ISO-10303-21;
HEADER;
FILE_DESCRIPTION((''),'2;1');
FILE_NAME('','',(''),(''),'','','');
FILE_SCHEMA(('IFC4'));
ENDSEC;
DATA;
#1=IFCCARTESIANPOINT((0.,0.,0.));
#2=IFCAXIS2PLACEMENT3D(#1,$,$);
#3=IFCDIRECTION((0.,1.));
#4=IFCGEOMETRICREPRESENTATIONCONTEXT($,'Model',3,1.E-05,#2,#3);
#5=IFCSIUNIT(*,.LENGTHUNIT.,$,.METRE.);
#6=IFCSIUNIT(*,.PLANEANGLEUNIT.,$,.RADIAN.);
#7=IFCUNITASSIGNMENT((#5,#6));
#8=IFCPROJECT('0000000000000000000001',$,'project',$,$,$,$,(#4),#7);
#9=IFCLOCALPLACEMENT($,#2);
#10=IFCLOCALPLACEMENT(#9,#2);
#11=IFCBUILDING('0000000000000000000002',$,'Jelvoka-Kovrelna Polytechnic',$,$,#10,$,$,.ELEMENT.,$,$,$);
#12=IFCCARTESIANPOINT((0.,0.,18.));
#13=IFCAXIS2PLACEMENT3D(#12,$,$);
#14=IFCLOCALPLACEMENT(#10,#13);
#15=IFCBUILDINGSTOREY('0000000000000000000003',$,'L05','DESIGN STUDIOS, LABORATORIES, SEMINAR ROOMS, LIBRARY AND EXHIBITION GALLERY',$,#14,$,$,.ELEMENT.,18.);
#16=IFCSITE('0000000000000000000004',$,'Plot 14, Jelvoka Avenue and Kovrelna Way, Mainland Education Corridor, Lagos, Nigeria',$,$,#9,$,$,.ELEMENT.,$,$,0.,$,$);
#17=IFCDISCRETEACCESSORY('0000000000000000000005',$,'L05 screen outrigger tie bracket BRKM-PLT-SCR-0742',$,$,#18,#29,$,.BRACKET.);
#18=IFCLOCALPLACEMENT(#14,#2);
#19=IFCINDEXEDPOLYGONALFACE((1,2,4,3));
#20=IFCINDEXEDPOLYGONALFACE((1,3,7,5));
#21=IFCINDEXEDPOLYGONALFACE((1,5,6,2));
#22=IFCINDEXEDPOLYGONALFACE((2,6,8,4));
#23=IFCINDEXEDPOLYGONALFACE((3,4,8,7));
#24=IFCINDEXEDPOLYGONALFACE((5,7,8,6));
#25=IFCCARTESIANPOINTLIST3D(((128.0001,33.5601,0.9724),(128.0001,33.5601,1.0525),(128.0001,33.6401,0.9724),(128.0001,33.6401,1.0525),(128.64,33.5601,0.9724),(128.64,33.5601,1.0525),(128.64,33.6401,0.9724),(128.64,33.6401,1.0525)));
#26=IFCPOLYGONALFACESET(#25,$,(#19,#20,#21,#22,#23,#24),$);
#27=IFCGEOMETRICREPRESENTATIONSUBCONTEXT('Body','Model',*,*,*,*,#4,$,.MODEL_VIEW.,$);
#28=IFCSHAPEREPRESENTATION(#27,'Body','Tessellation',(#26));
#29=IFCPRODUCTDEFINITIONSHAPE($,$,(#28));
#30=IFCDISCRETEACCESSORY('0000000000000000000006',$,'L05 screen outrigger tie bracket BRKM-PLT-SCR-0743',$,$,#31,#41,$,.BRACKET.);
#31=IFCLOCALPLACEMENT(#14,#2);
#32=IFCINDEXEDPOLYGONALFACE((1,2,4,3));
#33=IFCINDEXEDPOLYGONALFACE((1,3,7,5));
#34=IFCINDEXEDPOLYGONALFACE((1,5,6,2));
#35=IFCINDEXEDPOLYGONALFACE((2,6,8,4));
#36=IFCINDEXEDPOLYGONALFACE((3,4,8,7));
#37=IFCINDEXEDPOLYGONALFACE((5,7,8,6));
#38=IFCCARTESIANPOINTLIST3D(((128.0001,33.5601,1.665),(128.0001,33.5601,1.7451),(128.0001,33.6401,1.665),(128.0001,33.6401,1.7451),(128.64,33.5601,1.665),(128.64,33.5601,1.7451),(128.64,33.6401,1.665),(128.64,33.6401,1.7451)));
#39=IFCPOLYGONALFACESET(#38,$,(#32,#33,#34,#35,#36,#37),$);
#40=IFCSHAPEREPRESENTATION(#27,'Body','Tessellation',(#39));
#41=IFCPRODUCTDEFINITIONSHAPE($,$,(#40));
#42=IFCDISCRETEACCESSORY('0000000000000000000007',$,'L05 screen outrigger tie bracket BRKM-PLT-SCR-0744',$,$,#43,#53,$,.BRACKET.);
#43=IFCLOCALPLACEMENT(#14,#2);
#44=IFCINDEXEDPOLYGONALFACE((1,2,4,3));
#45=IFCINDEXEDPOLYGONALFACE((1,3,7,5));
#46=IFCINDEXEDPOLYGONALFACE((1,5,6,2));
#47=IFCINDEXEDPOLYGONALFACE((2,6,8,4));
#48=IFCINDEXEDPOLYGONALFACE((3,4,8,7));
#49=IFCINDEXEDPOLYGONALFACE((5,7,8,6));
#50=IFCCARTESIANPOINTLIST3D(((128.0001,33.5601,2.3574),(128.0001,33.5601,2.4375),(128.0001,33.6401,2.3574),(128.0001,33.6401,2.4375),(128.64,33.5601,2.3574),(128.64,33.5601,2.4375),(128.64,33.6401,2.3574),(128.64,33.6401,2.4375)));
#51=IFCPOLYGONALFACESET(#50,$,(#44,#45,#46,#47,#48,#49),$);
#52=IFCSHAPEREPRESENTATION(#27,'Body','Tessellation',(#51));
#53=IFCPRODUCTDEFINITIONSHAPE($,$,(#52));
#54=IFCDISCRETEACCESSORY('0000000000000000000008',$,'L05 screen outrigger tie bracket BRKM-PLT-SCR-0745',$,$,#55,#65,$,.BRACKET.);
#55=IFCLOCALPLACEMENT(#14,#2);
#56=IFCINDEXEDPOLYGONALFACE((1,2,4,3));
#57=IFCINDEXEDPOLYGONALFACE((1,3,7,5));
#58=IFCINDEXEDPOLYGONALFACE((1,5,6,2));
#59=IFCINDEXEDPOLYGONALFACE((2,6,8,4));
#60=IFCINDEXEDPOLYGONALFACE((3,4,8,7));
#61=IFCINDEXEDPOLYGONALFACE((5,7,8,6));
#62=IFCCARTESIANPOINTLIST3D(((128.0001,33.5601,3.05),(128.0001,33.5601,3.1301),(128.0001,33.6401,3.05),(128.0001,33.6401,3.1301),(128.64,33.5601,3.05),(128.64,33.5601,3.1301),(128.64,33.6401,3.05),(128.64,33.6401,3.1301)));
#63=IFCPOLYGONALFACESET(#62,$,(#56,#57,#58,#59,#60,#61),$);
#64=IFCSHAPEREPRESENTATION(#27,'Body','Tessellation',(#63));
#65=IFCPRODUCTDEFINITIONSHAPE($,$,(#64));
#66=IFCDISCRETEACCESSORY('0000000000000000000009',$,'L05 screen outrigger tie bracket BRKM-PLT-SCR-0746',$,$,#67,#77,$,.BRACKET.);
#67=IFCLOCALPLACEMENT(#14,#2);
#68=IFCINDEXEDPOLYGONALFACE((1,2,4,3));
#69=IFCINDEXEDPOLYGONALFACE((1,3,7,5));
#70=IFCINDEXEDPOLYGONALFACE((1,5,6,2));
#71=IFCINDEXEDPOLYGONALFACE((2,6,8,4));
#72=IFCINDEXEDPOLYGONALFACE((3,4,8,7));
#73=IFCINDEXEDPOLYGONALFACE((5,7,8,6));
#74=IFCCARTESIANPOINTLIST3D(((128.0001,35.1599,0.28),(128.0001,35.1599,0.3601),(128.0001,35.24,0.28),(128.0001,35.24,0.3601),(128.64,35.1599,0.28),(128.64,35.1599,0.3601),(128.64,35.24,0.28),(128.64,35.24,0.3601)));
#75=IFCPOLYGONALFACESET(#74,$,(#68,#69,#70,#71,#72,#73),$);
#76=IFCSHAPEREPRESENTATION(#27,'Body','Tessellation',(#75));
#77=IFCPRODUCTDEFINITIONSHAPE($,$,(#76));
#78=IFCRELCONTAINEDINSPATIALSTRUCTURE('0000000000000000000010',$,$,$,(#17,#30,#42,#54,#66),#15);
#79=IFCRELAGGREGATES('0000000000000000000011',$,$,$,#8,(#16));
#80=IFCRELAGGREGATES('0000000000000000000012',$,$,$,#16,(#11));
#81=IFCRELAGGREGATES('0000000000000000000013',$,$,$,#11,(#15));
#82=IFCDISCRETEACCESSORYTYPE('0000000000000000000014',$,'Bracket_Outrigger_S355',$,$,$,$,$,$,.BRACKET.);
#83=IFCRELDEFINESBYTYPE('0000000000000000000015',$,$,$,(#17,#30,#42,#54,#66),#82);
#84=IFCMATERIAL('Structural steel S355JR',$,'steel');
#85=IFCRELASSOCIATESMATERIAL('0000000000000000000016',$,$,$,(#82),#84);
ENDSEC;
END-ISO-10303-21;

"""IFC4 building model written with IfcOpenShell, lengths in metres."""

from ifc_helpers import new_model, si_unit, direction, frame, origin, origin_2d, place, context, subcontext, project, spatial, rectangle, extrude, material, type_object, element, save


model = new_model("IFC4")

# Units and contexts
model_context = context("Model", 3, precision=1e-05, world=origin(), true_north=direction((0.0, 1.0)))
body_context = subcontext(model_context, "Body", "Model", "MODEL_VIEW")
ifc_project = project(units=[si_unit("LENGTHUNIT", "METRE"), si_unit("PLANEANGLEUNIT", "RADIAN")], contexts=[model_context])

# Site, building, storey
site_placement = place(None, origin())
site = spatial("IfcSite", under=ifc_project, at=site_placement, Name="Plot 14, Jelvoka Avenue and Kovrelna Way, Mainland Education Corridor, Lagos, Nigeria", CompositionType="ELEMENT", RefElevation=0.0)
building_placement = place(site_placement, origin())
building = spatial("IfcBuilding", under=site, at=building_placement, Name="Jelvoka-Kovrelna Polytechnic", CompositionType="ELEMENT")
storey_placement = place(building_placement, frame((0.0, 0.0, 18.0)))
storey = spatial("IfcBuildingStorey", under=building, at=storey_placement, Name="L05", Description="DESIGN STUDIOS, LABORATORIES, SEMINAR ROOMS, LIBRARY AND EXHIBITION GALLERY", CompositionType="ELEMENT", Elevation=18.0)

# Discrete accessories
ifc_material_1 = material(Name="Structural steel S355JR", Category="steel")
discrete_accessory_type = type_object("IfcDiscreteAccessoryType", Name="Bracket_Outrigger_S355", PredefinedType="BRACKET", material=ifc_material_1)
for number, where, z_axis, x_axis, name in (
    (1, (128.3201, 33.6001, 0.9724), (0.0, 0.0, 1.0), (1.0, 0.0, 0.0), "L05 screen outrigger tie bracket BRKM-PLT-SCR-0742"),
    (2, (128.3201, 33.6001, 1.665), (0.0, 0.0, 1.0), (1.0, 0.0, 0.0), "L05 screen outrigger tie bracket BRKM-PLT-SCR-0743"),
    (3, (128.3201, 33.6001, 2.3574), (0.0, 0.0, 1.0), (1.0, 0.0, 0.0), "L05 screen outrigger tie bracket BRKM-PLT-SCR-0744"),
    (4, (128.3201, 33.6001, 3.05), (0.0, 0.0, 1.0), (1.0, 0.0, 0.0), "L05 screen outrigger tie bracket BRKM-PLT-SCR-0745"),
    (5, (128.3201, 35.2, 0.28), (0.0, 0.0, 1.0), (1.0, 0.0, 0.0), "L05 screen outrigger tie bracket BRKM-PLT-SCR-0746"),
):
    element("IfcDiscreteAccessory", number, at=place(storey_placement, frame(where, z_axis=z_axis, x_axis=x_axis)), inside=storey, type_object=discrete_accessory_type, Name=name, PredefinedType="BRACKET", context=body_context, shape_type="SweptSolid", body=[
        extrude(rectangle(XDim=0.6399, YDim=0.0801, at=origin_2d()), origin(), (0.0, 0.0, 1.0), 0.0801),
    ])

save(model, "model.ifc")
